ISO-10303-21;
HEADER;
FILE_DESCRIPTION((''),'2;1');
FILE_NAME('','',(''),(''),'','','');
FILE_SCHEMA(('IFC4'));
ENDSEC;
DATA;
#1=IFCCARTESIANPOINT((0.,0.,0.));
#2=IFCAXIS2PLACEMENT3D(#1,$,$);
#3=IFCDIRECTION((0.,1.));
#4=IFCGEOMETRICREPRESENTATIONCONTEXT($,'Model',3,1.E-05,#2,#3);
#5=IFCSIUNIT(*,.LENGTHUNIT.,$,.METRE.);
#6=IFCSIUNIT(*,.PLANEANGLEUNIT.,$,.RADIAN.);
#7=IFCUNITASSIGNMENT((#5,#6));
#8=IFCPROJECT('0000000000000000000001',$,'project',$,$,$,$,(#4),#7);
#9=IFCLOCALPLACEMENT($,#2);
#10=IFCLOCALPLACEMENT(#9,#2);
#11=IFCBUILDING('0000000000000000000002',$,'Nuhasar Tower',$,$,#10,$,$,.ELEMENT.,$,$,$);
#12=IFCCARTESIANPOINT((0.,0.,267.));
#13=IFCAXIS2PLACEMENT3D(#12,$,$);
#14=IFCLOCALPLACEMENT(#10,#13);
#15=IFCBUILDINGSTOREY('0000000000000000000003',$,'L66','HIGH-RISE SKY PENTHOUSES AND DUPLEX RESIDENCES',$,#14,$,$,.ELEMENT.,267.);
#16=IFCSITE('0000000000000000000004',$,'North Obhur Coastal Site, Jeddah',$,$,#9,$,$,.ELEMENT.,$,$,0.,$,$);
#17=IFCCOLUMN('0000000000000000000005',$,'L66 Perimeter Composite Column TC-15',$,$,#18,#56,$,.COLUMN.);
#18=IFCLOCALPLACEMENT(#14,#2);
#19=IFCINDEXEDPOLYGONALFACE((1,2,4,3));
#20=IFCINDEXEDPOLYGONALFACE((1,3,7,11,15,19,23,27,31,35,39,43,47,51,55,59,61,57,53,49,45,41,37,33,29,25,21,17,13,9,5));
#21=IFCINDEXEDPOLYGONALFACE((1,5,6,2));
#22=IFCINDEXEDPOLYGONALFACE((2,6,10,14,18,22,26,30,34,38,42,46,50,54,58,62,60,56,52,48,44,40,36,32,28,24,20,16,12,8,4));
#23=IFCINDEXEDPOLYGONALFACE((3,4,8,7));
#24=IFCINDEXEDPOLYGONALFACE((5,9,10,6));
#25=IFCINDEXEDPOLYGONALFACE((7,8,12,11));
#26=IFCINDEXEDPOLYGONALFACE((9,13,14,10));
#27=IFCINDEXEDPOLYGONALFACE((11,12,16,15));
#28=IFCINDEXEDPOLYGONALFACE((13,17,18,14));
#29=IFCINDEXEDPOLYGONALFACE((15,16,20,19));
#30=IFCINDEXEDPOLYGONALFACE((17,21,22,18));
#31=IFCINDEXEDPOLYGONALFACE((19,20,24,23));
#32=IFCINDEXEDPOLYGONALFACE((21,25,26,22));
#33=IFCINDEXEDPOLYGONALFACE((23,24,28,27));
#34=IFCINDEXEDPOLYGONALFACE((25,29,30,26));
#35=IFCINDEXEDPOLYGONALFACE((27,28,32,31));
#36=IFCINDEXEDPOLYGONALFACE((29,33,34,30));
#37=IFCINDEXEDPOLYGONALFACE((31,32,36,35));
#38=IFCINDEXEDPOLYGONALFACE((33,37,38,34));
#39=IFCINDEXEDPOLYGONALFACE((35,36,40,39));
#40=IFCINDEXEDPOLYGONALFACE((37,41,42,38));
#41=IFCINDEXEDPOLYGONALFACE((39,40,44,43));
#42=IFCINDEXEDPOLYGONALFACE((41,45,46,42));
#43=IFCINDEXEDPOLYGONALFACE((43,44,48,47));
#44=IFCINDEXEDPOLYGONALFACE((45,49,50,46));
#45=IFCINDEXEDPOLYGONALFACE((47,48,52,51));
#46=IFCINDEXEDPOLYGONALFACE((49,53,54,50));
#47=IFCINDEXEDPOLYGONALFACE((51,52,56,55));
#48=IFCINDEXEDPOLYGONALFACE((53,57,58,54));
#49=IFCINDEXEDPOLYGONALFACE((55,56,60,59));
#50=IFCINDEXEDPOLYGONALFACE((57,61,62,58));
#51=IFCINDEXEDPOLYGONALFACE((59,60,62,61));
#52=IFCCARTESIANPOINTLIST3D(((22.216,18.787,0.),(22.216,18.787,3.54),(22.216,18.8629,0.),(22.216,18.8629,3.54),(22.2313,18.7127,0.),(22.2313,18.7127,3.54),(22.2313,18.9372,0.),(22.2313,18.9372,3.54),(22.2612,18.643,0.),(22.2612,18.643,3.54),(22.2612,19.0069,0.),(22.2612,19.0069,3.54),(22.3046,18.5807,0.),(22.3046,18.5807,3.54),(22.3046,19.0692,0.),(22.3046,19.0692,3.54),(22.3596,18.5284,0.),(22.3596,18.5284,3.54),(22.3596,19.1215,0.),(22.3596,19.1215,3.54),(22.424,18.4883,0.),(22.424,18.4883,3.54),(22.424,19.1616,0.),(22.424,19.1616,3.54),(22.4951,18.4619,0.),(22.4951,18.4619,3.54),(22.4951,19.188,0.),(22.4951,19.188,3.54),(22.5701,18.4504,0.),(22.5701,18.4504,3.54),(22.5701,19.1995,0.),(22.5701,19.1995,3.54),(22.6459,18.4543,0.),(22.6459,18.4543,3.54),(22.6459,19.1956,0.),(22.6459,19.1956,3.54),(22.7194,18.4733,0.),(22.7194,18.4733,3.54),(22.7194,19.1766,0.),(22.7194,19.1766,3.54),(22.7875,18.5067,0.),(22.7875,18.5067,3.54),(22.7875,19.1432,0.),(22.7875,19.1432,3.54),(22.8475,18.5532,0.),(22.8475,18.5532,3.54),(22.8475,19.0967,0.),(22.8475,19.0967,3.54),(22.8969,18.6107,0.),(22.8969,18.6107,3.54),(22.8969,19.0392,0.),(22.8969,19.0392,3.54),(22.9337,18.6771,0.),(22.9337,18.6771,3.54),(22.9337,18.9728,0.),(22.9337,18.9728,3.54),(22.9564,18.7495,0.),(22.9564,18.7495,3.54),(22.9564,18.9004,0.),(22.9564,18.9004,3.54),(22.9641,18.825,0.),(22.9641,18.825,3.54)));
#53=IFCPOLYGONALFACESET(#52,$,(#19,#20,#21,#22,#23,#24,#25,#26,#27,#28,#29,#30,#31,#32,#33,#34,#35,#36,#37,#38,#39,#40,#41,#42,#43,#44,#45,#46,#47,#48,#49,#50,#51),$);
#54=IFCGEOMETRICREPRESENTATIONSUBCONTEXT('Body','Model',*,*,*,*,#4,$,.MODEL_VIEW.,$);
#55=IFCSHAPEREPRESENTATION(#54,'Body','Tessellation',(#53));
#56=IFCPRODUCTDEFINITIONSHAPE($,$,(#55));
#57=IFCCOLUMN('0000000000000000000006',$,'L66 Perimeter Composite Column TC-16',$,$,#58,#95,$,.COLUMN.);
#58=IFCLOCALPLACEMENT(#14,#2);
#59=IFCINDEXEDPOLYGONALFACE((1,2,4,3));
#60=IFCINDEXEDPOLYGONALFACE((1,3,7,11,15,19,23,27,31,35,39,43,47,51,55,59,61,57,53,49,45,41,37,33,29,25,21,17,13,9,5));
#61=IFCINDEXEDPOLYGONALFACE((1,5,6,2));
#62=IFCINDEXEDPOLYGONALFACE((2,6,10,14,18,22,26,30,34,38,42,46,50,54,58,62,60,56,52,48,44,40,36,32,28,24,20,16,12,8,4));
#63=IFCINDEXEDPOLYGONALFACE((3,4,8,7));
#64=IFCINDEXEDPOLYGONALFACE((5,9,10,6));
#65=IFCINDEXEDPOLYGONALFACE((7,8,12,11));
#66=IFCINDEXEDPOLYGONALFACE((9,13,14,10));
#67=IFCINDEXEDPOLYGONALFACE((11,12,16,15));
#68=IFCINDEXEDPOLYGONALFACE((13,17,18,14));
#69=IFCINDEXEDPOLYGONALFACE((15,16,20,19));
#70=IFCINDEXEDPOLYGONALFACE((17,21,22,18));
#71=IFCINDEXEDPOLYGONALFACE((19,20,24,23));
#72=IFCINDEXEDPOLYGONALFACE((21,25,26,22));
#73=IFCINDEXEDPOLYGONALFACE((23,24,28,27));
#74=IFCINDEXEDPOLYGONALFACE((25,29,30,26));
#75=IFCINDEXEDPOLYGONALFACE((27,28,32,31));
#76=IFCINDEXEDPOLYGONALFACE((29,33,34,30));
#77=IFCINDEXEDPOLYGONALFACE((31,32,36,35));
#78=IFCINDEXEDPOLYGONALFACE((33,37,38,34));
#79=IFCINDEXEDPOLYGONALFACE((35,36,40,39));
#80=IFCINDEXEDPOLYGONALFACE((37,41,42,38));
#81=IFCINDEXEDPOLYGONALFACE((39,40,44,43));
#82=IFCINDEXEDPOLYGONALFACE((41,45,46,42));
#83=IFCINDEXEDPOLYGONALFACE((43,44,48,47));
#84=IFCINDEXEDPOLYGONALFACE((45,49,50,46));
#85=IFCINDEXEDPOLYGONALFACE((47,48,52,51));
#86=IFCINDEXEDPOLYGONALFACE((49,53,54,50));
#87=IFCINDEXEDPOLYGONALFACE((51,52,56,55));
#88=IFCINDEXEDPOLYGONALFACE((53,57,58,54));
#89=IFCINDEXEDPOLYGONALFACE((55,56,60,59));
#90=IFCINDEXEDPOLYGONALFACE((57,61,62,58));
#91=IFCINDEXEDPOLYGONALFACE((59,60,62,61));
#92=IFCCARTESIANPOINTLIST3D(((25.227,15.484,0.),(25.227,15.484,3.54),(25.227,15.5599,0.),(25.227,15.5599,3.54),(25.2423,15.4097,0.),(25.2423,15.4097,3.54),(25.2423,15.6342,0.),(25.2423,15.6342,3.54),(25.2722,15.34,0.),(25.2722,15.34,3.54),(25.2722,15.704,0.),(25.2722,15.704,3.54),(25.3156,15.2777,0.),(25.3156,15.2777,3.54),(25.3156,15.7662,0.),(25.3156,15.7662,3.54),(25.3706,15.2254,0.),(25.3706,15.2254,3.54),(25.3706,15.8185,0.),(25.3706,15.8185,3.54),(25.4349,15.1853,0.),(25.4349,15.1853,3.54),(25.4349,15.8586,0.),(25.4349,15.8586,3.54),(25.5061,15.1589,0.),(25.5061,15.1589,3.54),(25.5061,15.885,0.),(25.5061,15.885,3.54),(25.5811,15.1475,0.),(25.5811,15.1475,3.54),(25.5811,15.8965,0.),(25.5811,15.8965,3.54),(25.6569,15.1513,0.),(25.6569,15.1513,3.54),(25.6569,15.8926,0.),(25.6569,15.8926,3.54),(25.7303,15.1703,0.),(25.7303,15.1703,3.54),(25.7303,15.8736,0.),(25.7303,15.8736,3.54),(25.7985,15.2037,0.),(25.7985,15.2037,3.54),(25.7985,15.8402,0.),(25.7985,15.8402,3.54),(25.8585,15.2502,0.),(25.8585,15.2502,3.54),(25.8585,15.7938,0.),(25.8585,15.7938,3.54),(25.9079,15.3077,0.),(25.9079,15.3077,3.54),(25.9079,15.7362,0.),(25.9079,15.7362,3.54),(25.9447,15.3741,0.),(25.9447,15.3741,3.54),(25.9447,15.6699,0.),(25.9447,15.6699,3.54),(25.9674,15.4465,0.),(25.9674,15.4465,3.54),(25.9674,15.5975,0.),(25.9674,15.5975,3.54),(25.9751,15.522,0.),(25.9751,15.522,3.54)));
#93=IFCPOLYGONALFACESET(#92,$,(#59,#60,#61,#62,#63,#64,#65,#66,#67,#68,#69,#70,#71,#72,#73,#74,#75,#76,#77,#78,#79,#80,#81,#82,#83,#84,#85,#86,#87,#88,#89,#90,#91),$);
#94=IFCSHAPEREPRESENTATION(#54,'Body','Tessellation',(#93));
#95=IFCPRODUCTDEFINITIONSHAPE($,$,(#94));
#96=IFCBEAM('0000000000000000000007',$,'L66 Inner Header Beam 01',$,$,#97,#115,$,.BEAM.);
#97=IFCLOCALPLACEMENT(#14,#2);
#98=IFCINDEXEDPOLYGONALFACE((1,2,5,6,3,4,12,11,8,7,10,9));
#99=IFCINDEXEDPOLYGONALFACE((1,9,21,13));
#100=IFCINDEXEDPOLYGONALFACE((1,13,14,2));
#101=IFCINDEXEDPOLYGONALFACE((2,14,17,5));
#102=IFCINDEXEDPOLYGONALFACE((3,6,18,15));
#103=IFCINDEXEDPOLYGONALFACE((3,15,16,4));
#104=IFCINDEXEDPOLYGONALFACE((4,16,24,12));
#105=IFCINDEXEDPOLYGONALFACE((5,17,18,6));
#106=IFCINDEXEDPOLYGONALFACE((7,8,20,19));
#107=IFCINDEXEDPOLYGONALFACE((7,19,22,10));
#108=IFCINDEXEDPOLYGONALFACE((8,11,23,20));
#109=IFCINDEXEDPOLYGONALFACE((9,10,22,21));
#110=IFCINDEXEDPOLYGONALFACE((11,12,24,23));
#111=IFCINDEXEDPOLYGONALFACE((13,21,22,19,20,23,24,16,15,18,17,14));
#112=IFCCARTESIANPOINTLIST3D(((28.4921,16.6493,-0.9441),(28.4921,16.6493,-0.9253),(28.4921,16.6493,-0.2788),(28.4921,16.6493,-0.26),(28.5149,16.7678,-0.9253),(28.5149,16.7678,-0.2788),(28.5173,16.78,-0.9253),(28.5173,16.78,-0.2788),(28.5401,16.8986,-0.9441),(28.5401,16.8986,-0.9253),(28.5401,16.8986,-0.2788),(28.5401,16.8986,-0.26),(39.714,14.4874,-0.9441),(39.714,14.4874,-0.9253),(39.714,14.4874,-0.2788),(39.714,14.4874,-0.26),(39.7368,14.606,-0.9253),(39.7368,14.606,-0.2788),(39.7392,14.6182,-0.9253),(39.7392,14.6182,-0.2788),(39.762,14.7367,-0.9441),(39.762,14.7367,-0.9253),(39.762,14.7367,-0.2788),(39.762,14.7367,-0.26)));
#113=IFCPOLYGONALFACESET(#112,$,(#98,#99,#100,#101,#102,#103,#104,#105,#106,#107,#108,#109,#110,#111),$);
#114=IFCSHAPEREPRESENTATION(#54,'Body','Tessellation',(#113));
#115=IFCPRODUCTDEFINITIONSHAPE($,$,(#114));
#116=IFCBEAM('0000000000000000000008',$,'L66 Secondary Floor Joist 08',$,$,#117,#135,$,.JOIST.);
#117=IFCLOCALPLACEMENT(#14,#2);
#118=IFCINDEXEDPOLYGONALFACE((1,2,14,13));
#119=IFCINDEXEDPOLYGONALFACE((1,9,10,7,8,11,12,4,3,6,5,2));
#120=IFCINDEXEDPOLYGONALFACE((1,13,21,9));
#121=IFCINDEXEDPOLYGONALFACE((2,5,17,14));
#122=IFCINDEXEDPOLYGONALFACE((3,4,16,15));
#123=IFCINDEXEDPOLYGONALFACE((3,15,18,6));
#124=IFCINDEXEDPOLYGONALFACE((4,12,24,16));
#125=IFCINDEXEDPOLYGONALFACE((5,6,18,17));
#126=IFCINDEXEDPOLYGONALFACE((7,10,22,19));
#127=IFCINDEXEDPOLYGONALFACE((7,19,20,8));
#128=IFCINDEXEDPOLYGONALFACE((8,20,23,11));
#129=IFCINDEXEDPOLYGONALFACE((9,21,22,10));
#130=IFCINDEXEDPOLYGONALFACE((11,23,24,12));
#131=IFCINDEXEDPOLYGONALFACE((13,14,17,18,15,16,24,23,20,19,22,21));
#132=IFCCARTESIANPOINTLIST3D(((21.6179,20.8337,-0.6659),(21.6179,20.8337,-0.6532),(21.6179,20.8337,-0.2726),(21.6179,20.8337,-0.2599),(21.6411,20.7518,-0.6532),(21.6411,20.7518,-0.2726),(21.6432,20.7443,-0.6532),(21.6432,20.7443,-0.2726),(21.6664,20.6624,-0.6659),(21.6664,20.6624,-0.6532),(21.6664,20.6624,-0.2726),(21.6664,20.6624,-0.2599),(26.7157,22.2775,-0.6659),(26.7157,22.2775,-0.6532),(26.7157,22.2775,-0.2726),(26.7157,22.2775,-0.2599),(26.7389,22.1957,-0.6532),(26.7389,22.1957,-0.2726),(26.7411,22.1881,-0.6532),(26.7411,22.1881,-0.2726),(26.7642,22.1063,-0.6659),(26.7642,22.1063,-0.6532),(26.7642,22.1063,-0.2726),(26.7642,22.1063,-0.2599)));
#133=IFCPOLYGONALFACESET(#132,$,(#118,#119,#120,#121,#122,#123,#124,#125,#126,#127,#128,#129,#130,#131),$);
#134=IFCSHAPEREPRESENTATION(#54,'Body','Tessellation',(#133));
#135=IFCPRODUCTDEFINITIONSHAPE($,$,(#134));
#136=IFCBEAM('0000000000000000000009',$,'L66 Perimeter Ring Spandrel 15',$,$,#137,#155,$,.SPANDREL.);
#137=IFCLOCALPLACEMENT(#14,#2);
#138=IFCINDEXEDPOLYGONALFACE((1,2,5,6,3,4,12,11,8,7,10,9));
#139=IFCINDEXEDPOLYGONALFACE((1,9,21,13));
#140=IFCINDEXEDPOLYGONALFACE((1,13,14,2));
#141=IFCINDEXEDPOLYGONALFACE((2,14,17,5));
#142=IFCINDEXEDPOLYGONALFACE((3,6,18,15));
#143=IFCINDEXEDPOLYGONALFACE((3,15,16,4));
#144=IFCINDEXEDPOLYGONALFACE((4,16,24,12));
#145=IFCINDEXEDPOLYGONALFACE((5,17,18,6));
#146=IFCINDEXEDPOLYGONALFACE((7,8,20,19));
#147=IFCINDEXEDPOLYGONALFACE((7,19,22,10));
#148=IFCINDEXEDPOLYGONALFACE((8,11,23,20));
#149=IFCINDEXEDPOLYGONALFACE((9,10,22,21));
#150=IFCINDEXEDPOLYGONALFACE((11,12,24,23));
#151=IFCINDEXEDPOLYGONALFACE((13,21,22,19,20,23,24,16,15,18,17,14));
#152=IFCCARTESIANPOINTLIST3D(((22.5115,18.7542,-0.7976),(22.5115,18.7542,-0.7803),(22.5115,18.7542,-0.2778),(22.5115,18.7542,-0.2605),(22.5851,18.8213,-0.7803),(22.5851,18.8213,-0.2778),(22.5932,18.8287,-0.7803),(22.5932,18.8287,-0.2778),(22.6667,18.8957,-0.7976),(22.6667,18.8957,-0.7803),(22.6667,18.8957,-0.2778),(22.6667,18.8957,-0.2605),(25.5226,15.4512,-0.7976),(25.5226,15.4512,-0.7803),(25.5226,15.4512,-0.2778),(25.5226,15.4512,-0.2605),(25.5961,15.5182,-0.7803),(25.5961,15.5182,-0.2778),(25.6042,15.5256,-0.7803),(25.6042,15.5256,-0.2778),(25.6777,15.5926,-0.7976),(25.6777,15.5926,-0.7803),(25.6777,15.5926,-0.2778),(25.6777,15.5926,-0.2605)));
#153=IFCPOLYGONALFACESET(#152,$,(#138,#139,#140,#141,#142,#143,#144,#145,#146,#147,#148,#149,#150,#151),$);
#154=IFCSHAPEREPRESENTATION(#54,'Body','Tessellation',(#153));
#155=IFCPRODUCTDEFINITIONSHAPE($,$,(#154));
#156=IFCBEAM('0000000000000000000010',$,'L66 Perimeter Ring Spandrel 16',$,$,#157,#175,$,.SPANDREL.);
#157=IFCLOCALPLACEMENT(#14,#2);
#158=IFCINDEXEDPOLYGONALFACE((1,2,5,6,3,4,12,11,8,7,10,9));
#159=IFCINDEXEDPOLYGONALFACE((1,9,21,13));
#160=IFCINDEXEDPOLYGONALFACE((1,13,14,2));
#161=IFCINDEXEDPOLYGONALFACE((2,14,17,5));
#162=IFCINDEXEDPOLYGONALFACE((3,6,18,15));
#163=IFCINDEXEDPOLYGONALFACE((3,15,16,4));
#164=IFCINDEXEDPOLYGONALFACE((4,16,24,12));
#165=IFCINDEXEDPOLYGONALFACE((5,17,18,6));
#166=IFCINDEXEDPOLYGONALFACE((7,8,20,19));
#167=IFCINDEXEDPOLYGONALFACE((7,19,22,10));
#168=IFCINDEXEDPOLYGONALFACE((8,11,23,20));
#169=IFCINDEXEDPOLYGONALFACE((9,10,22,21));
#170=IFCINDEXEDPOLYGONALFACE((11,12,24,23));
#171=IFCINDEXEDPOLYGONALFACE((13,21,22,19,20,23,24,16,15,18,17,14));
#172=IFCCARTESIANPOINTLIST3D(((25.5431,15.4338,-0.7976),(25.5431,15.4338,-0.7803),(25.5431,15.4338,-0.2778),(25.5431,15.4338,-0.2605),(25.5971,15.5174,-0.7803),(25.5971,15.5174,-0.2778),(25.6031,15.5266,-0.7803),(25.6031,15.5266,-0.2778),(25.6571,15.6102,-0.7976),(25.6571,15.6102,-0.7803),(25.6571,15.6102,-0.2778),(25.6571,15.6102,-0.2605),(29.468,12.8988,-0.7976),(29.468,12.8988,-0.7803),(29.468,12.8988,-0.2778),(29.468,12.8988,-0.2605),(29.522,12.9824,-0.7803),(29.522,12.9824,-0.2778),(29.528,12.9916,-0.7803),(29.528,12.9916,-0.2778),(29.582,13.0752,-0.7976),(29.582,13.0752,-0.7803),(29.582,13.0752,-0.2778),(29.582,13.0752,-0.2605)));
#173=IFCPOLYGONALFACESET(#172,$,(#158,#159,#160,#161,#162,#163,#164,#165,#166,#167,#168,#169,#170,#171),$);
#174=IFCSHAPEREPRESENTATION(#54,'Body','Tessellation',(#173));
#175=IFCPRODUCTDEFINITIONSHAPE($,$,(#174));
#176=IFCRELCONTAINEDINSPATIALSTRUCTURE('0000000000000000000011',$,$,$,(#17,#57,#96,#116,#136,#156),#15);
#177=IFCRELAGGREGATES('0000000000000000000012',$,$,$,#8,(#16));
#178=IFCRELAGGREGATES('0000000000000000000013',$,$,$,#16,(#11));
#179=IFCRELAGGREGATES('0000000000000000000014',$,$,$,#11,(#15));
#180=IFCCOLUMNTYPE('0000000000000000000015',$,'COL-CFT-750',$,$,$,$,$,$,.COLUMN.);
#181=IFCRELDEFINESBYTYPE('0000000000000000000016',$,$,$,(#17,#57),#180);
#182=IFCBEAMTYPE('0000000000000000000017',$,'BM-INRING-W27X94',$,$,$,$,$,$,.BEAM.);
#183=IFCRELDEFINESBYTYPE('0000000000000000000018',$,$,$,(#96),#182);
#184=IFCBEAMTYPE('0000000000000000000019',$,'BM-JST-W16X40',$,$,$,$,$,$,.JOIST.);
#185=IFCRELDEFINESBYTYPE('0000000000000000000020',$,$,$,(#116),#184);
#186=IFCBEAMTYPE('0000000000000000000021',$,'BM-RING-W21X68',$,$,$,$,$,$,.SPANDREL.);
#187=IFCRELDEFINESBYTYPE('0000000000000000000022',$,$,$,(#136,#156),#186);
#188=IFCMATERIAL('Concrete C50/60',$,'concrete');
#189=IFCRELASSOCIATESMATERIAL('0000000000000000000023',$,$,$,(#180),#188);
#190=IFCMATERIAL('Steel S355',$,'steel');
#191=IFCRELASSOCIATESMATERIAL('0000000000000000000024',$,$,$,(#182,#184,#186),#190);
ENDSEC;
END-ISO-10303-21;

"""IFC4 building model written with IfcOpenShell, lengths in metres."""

from ifc_helpers import new_model, si_unit, direction, frame, origin, origin_2d, place, context, subcontext, project, spatial, circle, i_section, extrude, material, material_profile, profile_set, type_object, element, save


model = new_model("IFC4")

# Units and contexts
model_context = context("Model", 3, precision=1e-05, world=origin(), true_north=direction((0.0, 1.0)))
body_context = subcontext(model_context, "Body", "Model", "MODEL_VIEW")
ifc_project = project(units=[si_unit("LENGTHUNIT", "METRE"), si_unit("PLANEANGLEUNIT", "RADIAN")], contexts=[model_context])

# Site, building, storey
site_placement = place(None, origin())
site = spatial("IfcSite", under=ifc_project, at=site_placement, Name="North Obhur Coastal Site, Jeddah", CompositionType="ELEMENT", RefElevation=0.0)
building_placement = place(site_placement, origin())
building = spatial("IfcBuilding", under=site, at=building_placement, Name="Nuhasar Tower", CompositionType="ELEMENT")
storey_placement = place(building_placement, frame((0.0, 0.0, 267.0)))
storey = spatial("IfcBuildingStorey", under=building, at=storey_placement, Name="L66", Description="HIGH-RISE SKY PENTHOUSES AND DUPLEX RESIDENCES", CompositionType="ELEMENT", Elevation=267.0)

# Columns
ifc_material_1 = material(Name="Concrete C50/60", Category="concrete")
ifc_material_profile_1 = material_profile(ifc_material_1, circle(Radius=0.375, at=origin_2d()), Name="CFT750")
ifc_profile_set_1 = profile_set([ifc_material_profile_1], Name="Concrete C50/60")
column_type = type_object("IfcColumnType", Name="COL-CFT-750", PredefinedType="COLUMN", material=ifc_profile_set_1)
for number, where, z_axis, x_axis, name in (
    (1, (22.5891, 18.825, 0.0), (0.0, 0.0, 1.0), (1.0, 0.0, 0.0), "L66 Perimeter Composite Column TC-15"),
    (2, (25.6001, 15.522, 0.0), (0.0, 0.0, 1.0), (1.0, 0.0, 0.0), "L66 Perimeter Composite Column TC-16"),
):
    element("IfcColumn", number, at=place(storey_placement, frame(where, z_axis=z_axis, x_axis=x_axis)), inside=storey, type_object=column_type, Name=name, PredefinedType="COLUMN", context=body_context, shape_type="SweptSolid", body=[
        extrude(circle(Radius=0.375, at=origin_2d()), origin(), (0.0, 0.0, 1.0), 3.54),
    ])

# Beams
ifc_material_2 = material(Name="Steel S355", Category="steel")
ifc_material_profile_2 = material_profile(ifc_material_2, i_section(OverallWidth=0.2539, OverallDepth=0.6841, WebThickness=0.0125, FlangeThickness=0.0188, at=origin_2d()), Name="W27X94")
ifc_profile_set_2 = profile_set([ifc_material_profile_2], Name="Steel S355")
beam_type_1 = type_object("IfcBeamType", Name="BM-INRING-W27X94", PredefinedType="BEAM", material=ifc_profile_set_2)
beam_1_placement = place(storey_placement, frame((28.5161, 16.7739, -0.6021), z_axis=(0.981945, -0.189168, 0.0), x_axis=(0.189168, 0.981945, 0.0)))
element("IfcBeam", 3, at=beam_1_placement, inside=storey, type_object=beam_type_1, Name="L66 Inner Header Beam 01", PredefinedType="BEAM", context=body_context, shape_type="SweptSolid", body=[
    extrude(i_section(OverallWidth=0.2539, OverallDepth=0.6841, WebThickness=0.0125, FlangeThickness=0.0188, at=origin_2d()), origin(), (0.0, 0.0, 1.0), 11.4282),
])
ifc_material_profile_3 = material_profile(ifc_material_2, i_section(OverallWidth=0.178, OverallDepth=0.406, WebThickness=0.0078, FlangeThickness=0.0127, at=origin_2d()), Name="W16X40")
ifc_profile_set_3 = profile_set([ifc_material_profile_3], Name="Steel S355")
beam_type_2 = type_object("IfcBeamType", Name="BM-JST-W16X40", PredefinedType="JOIST", material=ifc_profile_set_3)
beam_2_placement = place(storey_placement, frame((26.74, 22.1919, -0.4629), z_axis=(-0.962154, -0.272505, 0.0), x_axis=(0.272505, -0.962154, 0.0)))
element("IfcBeam", 4, at=beam_2_placement, inside=storey, type_object=beam_type_2, Name="L66 Secondary Floor Joist 08", PredefinedType="JOIST", context=body_context, shape_type="SweptSolid", body=[
    extrude(i_section(OverallWidth=0.178, OverallDepth=0.406, WebThickness=0.0078, FlangeThickness=0.0127, at=origin_2d()), origin(), (0.0, 0.0, 1.0), 5.2983),
])
ifc_material_profile_4 = material_profile(ifc_material_2, i_section(OverallWidth=0.21, OverallDepth=0.5371, WebThickness=0.011, FlangeThickness=0.0173, at=origin_2d()), Name="W21X68")
ifc_profile_set_4 = profile_set([ifc_material_profile_4], Name="Steel S355")
beam_type_3 = type_object("IfcBeamType", Name="BM-RING-W21X68", PredefinedType="SPANDREL", material=ifc_profile_set_4)
beam_3_placement = place(storey_placement, frame((22.5891, 18.825, -0.5291), z_axis=(0.673686, -0.739017, 0.0), x_axis=(0.739017, 0.673686, 0.0)))
element("IfcBeam", 5, at=beam_3_placement, inside=storey, type_object=beam_type_3, Name="L66 Perimeter Ring Spandrel 15", PredefinedType="SPANDREL", context=body_context, shape_type="SweptSolid", body=[
    extrude(i_section(OverallWidth=0.21, OverallDepth=0.5371, WebThickness=0.011, FlangeThickness=0.0173, at=origin_2d()), origin(), (0.0, 0.0, 1.0), 4.4695),
])
beam_4_placement = place(storey_placement, frame((25.6001, 15.522, -0.5291), z_axis=(0.840025, -0.542547, 0.0), x_axis=(0.542547, 0.840025, 0.0)))
element("IfcBeam", 6, at=beam_4_placement, inside=storey, type_object=beam_type_3, Name="L66 Perimeter Ring Spandrel 16", PredefinedType="SPANDREL", context=body_context, shape_type="SweptSolid", body=[
    extrude(i_section(OverallWidth=0.21, OverallDepth=0.5371, WebThickness=0.011, FlangeThickness=0.0173, at=origin_2d()), origin(), (0.0, 0.0, 1.0), 4.6724),
])

save(model, "model.ifc")
